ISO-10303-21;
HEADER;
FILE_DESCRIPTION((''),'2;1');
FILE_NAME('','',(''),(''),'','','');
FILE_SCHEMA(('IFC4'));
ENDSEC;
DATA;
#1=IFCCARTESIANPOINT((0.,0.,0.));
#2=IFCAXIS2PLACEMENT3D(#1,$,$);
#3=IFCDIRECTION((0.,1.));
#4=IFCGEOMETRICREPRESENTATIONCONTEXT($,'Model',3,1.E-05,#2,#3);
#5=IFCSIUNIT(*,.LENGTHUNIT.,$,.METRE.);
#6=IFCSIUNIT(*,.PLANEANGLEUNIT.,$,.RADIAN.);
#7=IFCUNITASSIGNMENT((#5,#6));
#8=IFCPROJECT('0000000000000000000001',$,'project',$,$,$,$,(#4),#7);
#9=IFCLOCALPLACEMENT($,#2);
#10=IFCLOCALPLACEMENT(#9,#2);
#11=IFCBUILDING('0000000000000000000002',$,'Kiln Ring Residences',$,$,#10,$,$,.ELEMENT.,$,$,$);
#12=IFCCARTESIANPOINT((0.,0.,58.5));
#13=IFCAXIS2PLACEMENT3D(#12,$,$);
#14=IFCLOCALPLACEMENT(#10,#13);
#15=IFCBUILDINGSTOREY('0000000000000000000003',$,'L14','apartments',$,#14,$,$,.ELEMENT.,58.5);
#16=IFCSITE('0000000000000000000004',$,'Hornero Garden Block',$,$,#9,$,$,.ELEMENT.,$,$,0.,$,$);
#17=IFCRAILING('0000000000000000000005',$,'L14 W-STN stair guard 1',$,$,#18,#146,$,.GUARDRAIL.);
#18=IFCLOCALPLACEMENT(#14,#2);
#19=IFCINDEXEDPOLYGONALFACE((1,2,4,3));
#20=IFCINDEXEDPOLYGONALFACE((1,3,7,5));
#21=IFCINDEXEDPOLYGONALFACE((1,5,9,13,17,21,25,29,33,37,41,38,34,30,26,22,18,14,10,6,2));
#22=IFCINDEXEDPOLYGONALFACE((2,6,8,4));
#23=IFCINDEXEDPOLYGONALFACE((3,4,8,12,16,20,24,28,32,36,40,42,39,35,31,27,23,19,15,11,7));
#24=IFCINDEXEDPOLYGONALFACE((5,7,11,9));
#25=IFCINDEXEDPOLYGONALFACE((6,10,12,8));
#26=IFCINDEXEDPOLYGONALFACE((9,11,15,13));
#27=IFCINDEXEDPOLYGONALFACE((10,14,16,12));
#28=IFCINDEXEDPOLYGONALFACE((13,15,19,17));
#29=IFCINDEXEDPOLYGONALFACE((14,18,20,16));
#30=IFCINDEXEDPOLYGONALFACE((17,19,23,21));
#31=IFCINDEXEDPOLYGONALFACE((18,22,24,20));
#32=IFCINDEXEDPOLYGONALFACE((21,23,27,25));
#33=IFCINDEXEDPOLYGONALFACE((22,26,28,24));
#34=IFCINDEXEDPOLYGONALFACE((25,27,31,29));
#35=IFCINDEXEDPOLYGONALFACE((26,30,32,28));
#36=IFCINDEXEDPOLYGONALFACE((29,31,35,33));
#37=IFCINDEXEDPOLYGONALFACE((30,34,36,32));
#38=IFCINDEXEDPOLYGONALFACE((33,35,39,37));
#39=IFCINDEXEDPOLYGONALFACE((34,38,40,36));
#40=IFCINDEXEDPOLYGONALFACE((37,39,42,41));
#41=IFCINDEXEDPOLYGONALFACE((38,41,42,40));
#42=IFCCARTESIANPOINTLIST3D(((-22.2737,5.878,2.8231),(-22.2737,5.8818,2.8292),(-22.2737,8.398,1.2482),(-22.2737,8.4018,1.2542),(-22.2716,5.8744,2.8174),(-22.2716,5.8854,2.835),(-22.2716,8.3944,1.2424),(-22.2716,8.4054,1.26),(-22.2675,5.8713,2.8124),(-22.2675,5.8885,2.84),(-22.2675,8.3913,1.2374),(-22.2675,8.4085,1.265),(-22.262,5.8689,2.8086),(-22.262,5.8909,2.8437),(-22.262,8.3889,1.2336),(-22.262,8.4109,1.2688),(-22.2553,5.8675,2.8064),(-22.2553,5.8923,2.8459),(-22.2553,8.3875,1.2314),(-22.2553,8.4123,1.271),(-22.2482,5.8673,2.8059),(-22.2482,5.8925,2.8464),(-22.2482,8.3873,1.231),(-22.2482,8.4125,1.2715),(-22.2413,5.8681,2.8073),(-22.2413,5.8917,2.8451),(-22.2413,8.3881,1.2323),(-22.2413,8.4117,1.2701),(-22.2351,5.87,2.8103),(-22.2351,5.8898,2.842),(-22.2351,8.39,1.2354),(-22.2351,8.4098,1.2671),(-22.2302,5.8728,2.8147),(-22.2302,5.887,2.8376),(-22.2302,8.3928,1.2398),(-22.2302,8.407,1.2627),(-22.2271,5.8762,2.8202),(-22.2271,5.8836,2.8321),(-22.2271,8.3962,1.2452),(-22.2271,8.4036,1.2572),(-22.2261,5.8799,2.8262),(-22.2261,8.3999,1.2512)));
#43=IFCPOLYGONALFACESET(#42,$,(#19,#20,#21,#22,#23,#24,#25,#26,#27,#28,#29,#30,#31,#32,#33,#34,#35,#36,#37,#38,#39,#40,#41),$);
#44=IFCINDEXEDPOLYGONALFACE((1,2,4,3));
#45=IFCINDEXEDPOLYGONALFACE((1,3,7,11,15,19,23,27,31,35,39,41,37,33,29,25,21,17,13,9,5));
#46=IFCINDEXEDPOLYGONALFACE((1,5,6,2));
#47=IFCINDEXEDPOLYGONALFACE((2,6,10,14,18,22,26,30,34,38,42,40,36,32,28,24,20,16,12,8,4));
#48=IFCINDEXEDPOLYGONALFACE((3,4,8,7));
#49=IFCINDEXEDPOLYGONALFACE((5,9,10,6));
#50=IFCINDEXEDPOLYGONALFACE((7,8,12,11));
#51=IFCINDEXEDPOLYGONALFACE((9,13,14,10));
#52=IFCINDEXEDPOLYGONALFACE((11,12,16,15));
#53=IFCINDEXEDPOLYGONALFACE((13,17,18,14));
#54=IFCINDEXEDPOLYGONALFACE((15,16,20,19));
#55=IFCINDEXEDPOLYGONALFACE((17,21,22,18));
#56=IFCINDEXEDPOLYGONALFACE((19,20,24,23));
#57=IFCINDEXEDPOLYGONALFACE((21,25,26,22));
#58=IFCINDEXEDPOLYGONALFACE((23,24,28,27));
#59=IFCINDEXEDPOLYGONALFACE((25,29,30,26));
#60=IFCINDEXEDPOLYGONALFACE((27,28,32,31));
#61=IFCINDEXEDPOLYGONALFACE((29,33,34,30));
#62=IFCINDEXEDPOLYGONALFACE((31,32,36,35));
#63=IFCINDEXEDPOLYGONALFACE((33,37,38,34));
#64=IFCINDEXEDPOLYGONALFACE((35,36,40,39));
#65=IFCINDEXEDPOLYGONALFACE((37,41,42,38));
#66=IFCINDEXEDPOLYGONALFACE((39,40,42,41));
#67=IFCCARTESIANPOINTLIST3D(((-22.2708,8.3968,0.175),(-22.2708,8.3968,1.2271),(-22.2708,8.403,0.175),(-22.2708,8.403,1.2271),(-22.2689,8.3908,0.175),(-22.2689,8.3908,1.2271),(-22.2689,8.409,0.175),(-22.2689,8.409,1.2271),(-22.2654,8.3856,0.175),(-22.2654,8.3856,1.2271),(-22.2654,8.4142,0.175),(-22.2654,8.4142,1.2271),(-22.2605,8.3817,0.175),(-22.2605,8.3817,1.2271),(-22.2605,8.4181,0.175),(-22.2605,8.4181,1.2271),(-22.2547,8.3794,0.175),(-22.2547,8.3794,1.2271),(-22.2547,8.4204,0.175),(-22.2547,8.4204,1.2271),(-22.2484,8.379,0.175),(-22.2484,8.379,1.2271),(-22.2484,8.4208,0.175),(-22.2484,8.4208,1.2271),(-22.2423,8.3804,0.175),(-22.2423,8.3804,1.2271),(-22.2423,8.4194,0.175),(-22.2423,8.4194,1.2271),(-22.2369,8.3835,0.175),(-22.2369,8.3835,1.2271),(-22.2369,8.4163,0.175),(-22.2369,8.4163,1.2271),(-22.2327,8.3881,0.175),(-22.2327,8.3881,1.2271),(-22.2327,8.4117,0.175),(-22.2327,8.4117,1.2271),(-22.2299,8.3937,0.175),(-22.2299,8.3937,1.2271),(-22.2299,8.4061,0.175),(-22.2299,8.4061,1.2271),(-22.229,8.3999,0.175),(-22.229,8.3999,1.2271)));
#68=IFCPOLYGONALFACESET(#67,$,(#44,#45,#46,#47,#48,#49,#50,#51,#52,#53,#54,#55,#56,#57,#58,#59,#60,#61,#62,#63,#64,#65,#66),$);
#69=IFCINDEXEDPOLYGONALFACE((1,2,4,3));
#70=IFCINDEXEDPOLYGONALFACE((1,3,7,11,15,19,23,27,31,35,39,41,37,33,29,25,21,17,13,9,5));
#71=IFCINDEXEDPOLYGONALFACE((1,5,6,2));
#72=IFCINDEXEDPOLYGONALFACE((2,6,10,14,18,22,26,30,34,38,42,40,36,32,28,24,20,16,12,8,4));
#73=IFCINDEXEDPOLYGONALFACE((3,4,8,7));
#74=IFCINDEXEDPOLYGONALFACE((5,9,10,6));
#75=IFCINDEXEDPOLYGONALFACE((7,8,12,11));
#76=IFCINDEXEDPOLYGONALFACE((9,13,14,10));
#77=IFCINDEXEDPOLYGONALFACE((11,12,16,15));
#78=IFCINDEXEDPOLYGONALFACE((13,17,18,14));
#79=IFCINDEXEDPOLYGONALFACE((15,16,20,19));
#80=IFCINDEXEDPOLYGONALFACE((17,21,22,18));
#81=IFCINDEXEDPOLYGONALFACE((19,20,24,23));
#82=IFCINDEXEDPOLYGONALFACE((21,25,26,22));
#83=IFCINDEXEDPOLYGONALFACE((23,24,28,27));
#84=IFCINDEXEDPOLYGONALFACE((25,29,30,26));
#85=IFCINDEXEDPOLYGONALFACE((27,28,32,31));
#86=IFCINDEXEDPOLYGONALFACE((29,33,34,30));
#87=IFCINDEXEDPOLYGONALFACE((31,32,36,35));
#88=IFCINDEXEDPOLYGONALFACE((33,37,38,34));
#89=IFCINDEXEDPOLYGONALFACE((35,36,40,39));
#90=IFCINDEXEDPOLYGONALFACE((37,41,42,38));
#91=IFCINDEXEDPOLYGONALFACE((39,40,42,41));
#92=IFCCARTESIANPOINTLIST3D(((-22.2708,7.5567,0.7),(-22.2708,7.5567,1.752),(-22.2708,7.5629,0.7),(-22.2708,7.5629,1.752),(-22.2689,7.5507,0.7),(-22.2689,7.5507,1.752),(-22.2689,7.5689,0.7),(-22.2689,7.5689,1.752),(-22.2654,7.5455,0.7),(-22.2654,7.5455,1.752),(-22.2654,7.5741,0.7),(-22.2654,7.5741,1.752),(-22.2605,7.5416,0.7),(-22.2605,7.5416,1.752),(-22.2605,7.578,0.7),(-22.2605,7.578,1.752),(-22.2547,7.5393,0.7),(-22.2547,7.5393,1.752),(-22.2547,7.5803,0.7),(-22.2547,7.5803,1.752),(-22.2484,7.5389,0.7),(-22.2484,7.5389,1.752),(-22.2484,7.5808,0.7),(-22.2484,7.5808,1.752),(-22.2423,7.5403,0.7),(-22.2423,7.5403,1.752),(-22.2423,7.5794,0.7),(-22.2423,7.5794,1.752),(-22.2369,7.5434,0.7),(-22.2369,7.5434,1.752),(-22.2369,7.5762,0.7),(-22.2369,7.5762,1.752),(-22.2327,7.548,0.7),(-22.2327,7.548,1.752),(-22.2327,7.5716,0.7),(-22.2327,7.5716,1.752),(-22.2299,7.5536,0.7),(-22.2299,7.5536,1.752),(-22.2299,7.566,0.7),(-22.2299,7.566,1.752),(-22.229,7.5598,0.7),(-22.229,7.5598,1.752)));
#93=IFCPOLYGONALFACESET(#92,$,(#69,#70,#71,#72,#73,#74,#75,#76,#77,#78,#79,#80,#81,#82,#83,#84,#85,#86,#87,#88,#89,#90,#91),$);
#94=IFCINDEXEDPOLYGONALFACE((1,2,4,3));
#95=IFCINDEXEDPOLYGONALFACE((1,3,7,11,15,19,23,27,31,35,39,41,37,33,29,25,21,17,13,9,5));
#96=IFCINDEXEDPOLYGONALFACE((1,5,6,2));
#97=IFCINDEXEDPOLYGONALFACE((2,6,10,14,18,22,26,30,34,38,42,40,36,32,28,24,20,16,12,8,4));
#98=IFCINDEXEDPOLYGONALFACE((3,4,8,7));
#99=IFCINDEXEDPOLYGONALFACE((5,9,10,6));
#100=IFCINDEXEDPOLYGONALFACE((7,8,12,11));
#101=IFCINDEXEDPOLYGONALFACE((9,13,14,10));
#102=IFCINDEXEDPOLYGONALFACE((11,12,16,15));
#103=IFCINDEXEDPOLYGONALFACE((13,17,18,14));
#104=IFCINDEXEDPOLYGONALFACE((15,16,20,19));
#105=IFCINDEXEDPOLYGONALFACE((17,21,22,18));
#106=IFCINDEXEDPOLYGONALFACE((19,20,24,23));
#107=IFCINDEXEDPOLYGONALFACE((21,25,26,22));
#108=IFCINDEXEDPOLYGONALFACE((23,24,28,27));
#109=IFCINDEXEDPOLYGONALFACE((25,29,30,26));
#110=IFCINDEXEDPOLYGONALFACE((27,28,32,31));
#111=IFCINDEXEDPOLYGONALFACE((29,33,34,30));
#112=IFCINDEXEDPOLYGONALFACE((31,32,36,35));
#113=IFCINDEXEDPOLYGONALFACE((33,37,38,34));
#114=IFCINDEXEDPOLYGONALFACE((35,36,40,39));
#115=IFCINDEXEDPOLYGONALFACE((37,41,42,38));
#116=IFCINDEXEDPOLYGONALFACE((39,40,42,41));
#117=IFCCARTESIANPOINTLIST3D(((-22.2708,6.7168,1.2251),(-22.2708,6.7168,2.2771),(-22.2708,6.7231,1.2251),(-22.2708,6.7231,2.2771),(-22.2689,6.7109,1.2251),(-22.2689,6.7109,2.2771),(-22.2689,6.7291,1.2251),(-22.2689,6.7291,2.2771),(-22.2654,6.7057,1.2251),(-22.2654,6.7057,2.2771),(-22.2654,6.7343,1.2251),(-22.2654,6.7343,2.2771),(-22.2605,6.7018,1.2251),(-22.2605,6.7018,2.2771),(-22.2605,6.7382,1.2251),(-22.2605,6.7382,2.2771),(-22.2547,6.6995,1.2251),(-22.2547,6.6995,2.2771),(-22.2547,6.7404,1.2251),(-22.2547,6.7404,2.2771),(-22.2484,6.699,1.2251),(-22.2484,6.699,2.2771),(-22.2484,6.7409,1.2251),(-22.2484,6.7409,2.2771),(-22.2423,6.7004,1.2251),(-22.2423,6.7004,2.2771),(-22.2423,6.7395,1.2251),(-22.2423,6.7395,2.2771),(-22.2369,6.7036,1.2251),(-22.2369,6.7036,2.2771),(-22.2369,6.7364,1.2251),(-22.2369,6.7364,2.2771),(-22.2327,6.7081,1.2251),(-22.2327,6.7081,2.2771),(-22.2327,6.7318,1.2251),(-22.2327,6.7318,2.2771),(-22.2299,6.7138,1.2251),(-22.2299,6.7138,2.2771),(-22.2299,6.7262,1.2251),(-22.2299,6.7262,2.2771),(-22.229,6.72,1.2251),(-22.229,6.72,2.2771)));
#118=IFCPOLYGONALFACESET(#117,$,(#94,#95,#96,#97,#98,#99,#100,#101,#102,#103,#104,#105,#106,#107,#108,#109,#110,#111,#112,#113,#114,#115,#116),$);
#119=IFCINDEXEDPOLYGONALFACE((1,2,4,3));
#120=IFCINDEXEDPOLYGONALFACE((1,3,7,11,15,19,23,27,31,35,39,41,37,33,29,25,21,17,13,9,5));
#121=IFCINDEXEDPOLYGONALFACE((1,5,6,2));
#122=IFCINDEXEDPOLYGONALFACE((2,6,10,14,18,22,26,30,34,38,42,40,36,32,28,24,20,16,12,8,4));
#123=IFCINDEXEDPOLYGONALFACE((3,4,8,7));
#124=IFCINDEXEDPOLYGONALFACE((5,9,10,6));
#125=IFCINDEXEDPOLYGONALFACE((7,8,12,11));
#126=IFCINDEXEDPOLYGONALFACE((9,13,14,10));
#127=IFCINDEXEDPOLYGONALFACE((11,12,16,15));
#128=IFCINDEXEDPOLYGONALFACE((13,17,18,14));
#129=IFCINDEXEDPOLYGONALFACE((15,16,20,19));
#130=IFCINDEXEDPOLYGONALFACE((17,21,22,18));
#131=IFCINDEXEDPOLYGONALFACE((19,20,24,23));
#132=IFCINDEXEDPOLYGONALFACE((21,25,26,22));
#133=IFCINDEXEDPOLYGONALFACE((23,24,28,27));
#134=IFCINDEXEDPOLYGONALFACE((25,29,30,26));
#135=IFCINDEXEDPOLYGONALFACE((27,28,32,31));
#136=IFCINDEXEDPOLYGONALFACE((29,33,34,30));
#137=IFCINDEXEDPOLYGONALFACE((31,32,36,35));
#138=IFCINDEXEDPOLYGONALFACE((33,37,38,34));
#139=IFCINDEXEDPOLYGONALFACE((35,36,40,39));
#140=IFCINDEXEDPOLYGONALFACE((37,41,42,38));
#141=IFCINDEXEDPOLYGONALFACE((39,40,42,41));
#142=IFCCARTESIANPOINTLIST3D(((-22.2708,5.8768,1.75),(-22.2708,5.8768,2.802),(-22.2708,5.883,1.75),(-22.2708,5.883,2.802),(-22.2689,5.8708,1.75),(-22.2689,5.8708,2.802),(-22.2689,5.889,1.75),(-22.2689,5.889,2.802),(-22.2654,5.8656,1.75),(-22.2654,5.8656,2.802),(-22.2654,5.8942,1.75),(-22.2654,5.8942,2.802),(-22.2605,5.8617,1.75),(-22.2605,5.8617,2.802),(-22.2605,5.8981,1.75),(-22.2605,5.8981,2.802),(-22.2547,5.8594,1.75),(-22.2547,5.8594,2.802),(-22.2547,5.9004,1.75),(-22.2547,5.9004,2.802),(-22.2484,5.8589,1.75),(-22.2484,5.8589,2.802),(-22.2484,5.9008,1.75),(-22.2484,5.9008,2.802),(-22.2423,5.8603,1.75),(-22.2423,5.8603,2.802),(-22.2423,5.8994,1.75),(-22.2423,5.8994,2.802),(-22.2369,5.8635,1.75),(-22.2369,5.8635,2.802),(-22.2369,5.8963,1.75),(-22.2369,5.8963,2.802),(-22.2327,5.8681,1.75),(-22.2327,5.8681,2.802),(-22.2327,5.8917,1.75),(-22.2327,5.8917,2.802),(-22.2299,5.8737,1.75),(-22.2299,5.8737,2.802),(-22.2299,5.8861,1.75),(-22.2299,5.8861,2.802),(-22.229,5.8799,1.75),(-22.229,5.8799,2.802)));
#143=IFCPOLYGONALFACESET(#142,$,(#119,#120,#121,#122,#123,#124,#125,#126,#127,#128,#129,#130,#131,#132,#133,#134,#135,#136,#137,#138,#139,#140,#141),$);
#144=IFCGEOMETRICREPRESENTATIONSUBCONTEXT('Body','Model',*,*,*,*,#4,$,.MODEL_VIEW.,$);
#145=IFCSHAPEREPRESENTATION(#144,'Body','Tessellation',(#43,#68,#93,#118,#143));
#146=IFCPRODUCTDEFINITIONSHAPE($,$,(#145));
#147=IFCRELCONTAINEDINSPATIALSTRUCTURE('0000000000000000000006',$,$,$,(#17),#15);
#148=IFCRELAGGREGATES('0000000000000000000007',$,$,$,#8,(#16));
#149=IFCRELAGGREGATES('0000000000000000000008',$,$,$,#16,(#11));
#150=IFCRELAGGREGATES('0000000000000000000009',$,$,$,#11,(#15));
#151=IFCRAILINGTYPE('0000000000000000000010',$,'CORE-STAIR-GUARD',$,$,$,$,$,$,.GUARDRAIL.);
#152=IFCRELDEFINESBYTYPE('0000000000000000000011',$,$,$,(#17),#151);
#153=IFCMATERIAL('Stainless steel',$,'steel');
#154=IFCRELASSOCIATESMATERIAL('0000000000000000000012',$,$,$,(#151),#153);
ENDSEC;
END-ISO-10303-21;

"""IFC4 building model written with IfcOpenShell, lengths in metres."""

from ifc_helpers import new_model, si_unit, direction, frame, origin, origin_2d, place, context, subcontext, project, spatial, circle, extrude, material, type_object, element, save


model = new_model("IFC4")

# Units and contexts
model_context = context("Model", 3, precision=1e-05, world=origin(), true_north=direction((0.0, 1.0)))
body_context = subcontext(model_context, "Body", "Model", "MODEL_VIEW")
ifc_project = project(units=[si_unit("LENGTHUNIT", "METRE"), si_unit("PLANEANGLEUNIT", "RADIAN")], contexts=[model_context])

# Site, building, storey
site_placement = place(None, origin())
site = spatial("IfcSite", under=ifc_project, at=site_placement, Name="Hornero Garden Block", CompositionType="ELEMENT", RefElevation=0.0)
building_placement = place(site_placement, origin())
building = spatial("IfcBuilding", under=site, at=building_placement, Name="Kiln Ring Residences", CompositionType="ELEMENT")
storey_placement = place(building_placement, frame((0.0, 0.0, 58.5)))
storey = spatial("IfcBuildingStorey", under=building, at=storey_placement, Name="L14", Description="apartments", CompositionType="ELEMENT", Elevation=58.5)

# Railing
ifc_material_1 = material(Name="Stainless steel", Category="steel")
railing_type_1 = type_object("IfcRailingType", Name="CORE-STAIR-GUARD", PredefinedType="GUARDRAIL", material=ifc_material_1)
railing_1_placement = place(storey_placement, frame((-22.25, 8.3999, 0.175)))
element("IfcRailing", 1, at=railing_1_placement, inside=storey, type_object=railing_type_1, Name="L14 W-STN stair guard 1", PredefinedType="GUARDRAIL", context=body_context, shape_type="SweptSolid", body=[
    extrude(circle(Radius=0.0239, at=origin_2d()), frame((0.0, 0.0, 1.0762), z_axis=(0.0, -0.848008, 0.529984), x_axis=(1.0, 0.0, 0.0)), (0.0, 0.0, 1.0), 2.9717),
    extrude(circle(Radius=0.021, at=origin_2d()), origin(), (0.0, 0.0, 1.0), 1.052),
    extrude(circle(Radius=0.021, at=origin_2d()), frame((0.0, -0.8401, 0.5249)), (0.0, 0.0, 1.0), 1.052),
    extrude(circle(Radius=0.021, at=origin_2d()), frame((0.0, -1.6799, 1.05)), (0.0, 0.0, 1.0), 1.052),
    extrude(circle(Radius=0.021, at=origin_2d()), frame((0.0, -2.52, 1.575)), (0.0, 0.0, 1.0), 1.052),
])

save(model, "model.ifc")
